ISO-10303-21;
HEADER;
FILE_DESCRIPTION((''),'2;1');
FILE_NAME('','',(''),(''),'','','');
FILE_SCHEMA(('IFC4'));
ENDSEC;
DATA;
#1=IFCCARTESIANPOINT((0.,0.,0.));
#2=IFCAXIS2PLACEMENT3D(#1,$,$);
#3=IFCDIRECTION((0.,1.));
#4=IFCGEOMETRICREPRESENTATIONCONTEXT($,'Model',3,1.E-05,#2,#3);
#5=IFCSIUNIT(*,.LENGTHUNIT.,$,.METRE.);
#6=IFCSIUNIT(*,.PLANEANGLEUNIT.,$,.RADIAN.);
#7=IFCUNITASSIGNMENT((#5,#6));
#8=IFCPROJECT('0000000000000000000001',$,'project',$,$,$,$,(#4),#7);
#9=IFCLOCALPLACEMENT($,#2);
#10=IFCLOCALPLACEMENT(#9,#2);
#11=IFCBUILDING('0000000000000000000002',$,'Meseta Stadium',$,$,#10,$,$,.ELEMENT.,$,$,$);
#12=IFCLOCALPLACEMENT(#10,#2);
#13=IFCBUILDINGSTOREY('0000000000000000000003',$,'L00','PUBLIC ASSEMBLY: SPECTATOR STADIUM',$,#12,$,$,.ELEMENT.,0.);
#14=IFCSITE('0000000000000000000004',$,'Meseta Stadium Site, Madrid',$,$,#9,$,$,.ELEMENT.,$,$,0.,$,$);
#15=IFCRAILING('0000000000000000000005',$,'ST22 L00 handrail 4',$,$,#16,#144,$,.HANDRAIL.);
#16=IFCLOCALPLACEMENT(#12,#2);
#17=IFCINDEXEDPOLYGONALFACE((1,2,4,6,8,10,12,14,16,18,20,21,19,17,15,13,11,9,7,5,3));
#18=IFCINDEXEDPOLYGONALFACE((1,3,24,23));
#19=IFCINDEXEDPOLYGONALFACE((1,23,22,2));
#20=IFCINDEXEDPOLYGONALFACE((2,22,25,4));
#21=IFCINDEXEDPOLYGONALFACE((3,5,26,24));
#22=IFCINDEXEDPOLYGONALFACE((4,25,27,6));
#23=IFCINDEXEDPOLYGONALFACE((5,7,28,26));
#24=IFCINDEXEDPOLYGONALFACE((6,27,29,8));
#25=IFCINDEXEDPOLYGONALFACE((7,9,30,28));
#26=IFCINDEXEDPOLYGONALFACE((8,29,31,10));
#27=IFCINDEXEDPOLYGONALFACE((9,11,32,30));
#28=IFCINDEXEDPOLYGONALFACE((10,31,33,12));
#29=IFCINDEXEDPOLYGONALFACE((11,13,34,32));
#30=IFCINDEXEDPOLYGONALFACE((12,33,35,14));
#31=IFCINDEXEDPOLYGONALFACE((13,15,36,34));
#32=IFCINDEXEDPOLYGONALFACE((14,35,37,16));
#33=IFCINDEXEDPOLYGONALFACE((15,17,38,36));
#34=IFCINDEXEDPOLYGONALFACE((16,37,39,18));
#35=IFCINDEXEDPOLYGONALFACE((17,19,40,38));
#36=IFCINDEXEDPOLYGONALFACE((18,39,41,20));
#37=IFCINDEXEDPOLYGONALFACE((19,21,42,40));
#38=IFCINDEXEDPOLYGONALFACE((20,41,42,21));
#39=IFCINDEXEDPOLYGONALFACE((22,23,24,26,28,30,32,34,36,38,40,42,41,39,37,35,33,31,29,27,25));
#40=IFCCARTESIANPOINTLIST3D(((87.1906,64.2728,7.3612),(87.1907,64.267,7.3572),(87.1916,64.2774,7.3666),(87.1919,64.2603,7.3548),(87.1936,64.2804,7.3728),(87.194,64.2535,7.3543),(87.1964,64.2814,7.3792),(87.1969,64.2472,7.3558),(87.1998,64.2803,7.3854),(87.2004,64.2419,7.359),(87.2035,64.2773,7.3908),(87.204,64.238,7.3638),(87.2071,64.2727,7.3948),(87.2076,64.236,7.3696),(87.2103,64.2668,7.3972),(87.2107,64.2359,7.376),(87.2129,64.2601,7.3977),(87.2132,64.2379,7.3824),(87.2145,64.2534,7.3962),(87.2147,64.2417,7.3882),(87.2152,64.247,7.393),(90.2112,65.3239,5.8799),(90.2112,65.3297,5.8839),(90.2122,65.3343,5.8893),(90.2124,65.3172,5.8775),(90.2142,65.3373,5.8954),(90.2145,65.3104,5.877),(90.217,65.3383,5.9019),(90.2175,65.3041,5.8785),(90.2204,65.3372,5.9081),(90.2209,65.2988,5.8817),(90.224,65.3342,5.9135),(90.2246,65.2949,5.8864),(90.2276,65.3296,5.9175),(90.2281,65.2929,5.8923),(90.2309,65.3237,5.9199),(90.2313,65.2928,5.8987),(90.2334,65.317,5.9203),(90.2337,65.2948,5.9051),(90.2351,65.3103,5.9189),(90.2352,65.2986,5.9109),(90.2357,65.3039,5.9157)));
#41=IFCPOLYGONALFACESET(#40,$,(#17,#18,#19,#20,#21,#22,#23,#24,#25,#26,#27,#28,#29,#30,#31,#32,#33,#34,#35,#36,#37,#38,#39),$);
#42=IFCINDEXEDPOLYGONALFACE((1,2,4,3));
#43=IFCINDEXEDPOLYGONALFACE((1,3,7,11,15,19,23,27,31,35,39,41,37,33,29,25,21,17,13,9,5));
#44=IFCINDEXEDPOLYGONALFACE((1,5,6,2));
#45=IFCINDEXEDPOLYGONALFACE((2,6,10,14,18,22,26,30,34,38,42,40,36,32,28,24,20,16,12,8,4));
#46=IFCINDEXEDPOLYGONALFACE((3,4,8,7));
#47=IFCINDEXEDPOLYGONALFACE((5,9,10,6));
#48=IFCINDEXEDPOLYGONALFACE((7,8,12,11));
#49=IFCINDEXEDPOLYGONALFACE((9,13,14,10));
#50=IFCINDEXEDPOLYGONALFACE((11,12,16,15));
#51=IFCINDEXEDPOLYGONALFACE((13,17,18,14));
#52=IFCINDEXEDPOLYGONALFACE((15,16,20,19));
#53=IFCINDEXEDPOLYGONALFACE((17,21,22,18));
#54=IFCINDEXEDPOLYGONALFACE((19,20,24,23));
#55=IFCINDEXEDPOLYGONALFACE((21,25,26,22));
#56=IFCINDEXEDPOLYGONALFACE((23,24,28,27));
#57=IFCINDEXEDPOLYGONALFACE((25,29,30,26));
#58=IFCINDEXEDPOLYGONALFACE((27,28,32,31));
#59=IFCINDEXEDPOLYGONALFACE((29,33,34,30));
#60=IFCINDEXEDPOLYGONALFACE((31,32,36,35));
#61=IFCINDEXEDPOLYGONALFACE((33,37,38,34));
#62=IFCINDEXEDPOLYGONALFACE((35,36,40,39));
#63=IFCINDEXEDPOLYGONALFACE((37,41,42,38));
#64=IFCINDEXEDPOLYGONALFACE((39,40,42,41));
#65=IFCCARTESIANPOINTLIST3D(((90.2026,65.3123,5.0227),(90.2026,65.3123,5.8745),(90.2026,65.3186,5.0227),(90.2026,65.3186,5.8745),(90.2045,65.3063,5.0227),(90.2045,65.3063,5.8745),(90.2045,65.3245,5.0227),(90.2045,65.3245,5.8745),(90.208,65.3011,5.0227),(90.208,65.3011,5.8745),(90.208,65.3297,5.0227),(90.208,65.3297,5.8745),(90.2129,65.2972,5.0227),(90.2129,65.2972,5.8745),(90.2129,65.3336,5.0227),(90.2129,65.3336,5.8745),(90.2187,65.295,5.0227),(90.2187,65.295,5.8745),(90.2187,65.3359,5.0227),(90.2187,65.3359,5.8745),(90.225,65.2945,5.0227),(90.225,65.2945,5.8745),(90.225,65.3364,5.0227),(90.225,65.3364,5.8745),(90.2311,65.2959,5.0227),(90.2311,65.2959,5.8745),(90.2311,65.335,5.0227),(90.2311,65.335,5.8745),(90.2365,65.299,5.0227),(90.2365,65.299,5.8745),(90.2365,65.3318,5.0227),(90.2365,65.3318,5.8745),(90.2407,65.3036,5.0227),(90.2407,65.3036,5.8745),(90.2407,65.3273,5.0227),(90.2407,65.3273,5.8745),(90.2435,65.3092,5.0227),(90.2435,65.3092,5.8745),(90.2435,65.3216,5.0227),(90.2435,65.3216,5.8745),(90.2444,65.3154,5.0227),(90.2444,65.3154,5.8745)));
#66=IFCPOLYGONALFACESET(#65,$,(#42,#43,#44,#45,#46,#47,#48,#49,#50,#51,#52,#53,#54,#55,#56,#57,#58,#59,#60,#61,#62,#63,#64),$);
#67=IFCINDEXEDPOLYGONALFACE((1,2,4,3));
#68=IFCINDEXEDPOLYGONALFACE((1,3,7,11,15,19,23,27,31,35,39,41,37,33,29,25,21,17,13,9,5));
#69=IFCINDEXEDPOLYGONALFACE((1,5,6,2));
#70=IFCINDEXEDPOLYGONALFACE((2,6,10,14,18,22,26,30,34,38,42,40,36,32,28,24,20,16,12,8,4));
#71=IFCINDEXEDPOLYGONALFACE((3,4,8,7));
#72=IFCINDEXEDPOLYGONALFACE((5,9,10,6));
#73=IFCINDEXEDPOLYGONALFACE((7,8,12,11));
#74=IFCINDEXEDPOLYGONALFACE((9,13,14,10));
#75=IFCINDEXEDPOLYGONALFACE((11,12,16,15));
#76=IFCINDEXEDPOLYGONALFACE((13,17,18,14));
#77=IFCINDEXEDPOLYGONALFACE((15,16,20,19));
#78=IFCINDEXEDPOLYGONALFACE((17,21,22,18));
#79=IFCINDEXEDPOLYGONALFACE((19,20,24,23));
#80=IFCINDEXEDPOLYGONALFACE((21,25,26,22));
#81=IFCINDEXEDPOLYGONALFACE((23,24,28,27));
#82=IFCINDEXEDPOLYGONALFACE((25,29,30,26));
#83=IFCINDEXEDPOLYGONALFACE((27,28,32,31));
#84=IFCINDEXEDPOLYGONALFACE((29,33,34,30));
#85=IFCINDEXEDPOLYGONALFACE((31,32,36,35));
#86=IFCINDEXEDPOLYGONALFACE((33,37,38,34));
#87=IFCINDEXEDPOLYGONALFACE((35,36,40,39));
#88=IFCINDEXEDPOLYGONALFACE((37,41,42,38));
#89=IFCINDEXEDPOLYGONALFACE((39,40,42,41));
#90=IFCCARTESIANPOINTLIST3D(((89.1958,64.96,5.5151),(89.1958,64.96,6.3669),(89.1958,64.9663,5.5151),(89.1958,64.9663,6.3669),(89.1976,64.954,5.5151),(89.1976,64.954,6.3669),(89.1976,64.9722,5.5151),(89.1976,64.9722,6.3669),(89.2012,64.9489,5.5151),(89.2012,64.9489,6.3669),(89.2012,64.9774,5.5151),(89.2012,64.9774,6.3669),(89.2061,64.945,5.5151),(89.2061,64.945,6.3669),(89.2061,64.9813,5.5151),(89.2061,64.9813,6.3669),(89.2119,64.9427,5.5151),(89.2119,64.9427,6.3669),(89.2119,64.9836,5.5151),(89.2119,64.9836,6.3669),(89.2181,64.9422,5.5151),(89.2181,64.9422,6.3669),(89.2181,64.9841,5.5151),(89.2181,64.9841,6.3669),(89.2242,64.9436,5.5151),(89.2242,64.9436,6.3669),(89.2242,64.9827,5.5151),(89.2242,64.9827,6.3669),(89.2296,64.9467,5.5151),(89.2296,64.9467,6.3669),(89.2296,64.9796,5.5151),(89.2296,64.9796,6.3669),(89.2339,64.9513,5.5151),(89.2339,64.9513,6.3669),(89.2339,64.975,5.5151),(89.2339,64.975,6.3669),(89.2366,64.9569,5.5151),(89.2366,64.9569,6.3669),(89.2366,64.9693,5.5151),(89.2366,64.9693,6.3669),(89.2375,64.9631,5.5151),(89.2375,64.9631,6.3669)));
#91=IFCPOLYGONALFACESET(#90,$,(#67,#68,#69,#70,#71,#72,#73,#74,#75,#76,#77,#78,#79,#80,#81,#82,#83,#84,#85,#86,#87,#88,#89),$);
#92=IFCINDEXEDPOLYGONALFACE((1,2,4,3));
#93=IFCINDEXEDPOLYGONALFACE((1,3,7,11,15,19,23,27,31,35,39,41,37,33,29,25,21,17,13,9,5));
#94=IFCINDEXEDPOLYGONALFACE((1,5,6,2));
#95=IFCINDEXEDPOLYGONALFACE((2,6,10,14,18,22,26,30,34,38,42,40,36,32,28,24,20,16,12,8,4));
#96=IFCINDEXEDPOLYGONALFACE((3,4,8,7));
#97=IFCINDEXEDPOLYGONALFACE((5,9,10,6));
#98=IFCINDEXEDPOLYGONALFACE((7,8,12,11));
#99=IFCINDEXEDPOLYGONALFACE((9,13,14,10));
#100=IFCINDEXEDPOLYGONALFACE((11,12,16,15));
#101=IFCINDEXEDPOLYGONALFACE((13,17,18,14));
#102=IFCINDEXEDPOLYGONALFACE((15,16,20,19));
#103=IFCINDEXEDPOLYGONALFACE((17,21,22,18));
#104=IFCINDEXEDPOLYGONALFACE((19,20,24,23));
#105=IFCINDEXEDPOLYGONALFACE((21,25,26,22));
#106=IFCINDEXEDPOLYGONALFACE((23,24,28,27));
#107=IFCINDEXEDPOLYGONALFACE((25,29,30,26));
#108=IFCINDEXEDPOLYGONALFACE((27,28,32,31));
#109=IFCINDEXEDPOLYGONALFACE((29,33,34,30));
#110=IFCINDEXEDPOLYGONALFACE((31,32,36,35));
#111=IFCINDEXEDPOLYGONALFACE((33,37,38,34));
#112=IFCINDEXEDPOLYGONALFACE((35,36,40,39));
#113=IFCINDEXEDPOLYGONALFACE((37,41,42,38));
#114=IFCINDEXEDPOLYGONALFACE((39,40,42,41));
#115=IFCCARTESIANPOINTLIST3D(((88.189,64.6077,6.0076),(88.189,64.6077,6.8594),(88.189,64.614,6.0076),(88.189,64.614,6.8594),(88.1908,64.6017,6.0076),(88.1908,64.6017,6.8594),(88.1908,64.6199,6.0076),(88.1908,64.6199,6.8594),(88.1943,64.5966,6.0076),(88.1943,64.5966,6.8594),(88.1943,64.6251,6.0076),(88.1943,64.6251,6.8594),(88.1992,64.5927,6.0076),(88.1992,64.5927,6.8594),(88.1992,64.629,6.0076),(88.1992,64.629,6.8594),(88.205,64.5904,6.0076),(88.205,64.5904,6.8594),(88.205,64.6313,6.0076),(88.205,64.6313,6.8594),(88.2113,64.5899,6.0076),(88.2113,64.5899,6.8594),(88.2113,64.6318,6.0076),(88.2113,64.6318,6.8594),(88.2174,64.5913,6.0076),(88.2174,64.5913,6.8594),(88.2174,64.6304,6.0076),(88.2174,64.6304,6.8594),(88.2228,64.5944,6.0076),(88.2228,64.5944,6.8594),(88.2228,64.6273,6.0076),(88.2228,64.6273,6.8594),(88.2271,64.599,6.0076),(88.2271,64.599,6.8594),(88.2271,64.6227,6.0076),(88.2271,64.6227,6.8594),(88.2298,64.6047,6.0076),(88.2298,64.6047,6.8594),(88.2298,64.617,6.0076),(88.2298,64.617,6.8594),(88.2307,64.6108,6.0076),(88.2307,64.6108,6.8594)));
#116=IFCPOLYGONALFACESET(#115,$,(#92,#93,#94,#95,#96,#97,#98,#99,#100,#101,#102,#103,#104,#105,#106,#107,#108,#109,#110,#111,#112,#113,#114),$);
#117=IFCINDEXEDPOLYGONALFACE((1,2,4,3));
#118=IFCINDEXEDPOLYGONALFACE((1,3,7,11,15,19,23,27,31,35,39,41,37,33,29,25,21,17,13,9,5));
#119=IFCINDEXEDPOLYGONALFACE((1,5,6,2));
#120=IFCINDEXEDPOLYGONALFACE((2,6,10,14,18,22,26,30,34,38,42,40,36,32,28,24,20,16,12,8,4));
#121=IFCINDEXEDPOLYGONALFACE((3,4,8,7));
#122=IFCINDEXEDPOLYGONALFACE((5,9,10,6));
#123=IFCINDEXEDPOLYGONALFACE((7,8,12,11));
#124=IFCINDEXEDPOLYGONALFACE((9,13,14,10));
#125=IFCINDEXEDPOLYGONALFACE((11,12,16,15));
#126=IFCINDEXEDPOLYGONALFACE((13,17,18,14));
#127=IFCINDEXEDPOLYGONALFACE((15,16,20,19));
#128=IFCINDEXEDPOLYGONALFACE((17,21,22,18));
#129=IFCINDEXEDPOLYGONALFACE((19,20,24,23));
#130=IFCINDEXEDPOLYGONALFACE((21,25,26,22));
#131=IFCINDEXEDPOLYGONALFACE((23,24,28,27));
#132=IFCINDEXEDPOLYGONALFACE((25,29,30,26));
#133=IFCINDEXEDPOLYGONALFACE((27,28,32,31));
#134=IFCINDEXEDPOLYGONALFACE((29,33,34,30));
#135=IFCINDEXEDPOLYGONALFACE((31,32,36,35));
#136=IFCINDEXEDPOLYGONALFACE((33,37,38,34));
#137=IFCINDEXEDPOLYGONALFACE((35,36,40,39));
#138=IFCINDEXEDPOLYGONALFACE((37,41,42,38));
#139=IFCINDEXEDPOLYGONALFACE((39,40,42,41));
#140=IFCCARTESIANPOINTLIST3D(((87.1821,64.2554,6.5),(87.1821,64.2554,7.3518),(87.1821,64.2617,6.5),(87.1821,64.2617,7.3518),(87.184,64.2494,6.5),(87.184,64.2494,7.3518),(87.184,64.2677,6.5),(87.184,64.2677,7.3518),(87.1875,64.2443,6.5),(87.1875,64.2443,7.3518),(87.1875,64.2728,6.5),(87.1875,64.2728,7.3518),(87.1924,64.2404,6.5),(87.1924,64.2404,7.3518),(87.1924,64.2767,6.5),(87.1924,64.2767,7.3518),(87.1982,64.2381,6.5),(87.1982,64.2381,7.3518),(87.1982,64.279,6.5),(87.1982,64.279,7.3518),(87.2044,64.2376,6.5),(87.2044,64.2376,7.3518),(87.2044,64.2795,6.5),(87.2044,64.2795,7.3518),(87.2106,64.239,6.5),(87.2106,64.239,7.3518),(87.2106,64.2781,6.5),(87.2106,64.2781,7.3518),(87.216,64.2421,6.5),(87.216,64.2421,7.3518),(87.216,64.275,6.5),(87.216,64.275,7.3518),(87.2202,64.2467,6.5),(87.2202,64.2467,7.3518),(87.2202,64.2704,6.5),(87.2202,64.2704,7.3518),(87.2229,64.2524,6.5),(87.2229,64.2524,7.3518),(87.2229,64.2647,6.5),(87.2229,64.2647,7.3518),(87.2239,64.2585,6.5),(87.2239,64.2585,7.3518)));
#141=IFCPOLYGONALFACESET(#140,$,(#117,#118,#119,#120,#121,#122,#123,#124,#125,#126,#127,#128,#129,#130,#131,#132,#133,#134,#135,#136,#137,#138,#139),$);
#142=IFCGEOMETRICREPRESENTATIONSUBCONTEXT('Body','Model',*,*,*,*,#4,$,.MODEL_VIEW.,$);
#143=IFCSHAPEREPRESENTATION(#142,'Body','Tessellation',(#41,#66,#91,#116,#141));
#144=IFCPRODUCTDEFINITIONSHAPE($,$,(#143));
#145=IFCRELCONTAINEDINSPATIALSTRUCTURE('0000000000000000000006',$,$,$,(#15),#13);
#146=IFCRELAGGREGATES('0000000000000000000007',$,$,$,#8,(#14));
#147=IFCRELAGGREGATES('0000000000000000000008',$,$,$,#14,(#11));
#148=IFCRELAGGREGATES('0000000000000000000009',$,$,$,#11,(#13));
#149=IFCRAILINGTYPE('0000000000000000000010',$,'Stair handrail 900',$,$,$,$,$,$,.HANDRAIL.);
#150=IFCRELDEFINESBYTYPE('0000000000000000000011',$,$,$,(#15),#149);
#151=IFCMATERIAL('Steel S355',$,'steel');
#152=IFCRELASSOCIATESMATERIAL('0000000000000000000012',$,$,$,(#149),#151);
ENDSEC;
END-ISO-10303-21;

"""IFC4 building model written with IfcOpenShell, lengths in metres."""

from ifc_helpers import new_model, si_unit, direction, frame, origin, origin_2d, place, context, subcontext, project, spatial, circle, extrude, material, type_object, element, save


model = new_model("IFC4")

# Units and contexts
model_context = context("Model", 3, precision=1e-05, world=origin(), true_north=direction((0.0, 1.0)))
body_context = subcontext(model_context, "Body", "Model", "MODEL_VIEW")
ifc_project = project(units=[si_unit("LENGTHUNIT", "METRE"), si_unit("PLANEANGLEUNIT", "RADIAN")], contexts=[model_context])

# Site, building, storey
site_placement = place(None, origin())
site = spatial("IfcSite", under=ifc_project, at=site_placement, Name="Meseta Stadium Site, Madrid", CompositionType="ELEMENT", RefElevation=0.0)
building_placement = place(site_placement, origin())
building = spatial("IfcBuilding", under=site, at=building_placement, Name="Meseta Stadium", CompositionType="ELEMENT")
storey_placement = place(building_placement, origin())
storey = spatial("IfcBuildingStorey", under=building, at=storey_placement, Name="L00", Description="PUBLIC ASSEMBLY: SPECTATOR STADIUM", CompositionType="ELEMENT", Elevation=0.0)

# Railing
ifc_material_1 = material(Name="Steel S355", Category="steel")
railing_type_1 = type_object("IfcRailingType", Name="Stair handrail 900", PredefinedType="HANDRAIL", material=ifc_material_1)
for number, where, name in (
    (1, (90.2234, 65.3154, 5.0227), "ST22 L00 handrail 4"),
):
    element("IfcRailing", number, at=place(storey_placement, frame(where)), inside=storey, type_object=railing_type_1, Name=name, PredefinedType="HANDRAIL", context=body_context, shape_type="SweptSolid", body=[
        extrude(circle(Radius=0.0239, at=origin_2d()), frame((0.0, 0.0, 0.876), z_axis=(-0.856977, -0.299859, 0.419137), x_axis=(0.330269, -0.943887, 0.0)), (0.0, 0.0, 1.0), 3.5247),
        extrude(circle(Radius=0.021, at=origin_2d()), origin(), (0.0, 0.0, 1.0), 0.8518),
        extrude(circle(Radius=0.021, at=origin_2d()), frame((-1.0068, -0.3523, 0.4924)), (0.0, 0.0, 1.0), 0.8518),
        extrude(circle(Radius=0.021, at=origin_2d()), frame((-2.0137, -0.7046, 0.9849)), (0.0, 0.0, 1.0), 0.8518),
        extrude(circle(Radius=0.021, at=origin_2d()), frame((-3.0205, -1.0569, 1.4773)), (0.0, 0.0, 1.0), 0.8518),
    ])

save(model, "model.ifc")
